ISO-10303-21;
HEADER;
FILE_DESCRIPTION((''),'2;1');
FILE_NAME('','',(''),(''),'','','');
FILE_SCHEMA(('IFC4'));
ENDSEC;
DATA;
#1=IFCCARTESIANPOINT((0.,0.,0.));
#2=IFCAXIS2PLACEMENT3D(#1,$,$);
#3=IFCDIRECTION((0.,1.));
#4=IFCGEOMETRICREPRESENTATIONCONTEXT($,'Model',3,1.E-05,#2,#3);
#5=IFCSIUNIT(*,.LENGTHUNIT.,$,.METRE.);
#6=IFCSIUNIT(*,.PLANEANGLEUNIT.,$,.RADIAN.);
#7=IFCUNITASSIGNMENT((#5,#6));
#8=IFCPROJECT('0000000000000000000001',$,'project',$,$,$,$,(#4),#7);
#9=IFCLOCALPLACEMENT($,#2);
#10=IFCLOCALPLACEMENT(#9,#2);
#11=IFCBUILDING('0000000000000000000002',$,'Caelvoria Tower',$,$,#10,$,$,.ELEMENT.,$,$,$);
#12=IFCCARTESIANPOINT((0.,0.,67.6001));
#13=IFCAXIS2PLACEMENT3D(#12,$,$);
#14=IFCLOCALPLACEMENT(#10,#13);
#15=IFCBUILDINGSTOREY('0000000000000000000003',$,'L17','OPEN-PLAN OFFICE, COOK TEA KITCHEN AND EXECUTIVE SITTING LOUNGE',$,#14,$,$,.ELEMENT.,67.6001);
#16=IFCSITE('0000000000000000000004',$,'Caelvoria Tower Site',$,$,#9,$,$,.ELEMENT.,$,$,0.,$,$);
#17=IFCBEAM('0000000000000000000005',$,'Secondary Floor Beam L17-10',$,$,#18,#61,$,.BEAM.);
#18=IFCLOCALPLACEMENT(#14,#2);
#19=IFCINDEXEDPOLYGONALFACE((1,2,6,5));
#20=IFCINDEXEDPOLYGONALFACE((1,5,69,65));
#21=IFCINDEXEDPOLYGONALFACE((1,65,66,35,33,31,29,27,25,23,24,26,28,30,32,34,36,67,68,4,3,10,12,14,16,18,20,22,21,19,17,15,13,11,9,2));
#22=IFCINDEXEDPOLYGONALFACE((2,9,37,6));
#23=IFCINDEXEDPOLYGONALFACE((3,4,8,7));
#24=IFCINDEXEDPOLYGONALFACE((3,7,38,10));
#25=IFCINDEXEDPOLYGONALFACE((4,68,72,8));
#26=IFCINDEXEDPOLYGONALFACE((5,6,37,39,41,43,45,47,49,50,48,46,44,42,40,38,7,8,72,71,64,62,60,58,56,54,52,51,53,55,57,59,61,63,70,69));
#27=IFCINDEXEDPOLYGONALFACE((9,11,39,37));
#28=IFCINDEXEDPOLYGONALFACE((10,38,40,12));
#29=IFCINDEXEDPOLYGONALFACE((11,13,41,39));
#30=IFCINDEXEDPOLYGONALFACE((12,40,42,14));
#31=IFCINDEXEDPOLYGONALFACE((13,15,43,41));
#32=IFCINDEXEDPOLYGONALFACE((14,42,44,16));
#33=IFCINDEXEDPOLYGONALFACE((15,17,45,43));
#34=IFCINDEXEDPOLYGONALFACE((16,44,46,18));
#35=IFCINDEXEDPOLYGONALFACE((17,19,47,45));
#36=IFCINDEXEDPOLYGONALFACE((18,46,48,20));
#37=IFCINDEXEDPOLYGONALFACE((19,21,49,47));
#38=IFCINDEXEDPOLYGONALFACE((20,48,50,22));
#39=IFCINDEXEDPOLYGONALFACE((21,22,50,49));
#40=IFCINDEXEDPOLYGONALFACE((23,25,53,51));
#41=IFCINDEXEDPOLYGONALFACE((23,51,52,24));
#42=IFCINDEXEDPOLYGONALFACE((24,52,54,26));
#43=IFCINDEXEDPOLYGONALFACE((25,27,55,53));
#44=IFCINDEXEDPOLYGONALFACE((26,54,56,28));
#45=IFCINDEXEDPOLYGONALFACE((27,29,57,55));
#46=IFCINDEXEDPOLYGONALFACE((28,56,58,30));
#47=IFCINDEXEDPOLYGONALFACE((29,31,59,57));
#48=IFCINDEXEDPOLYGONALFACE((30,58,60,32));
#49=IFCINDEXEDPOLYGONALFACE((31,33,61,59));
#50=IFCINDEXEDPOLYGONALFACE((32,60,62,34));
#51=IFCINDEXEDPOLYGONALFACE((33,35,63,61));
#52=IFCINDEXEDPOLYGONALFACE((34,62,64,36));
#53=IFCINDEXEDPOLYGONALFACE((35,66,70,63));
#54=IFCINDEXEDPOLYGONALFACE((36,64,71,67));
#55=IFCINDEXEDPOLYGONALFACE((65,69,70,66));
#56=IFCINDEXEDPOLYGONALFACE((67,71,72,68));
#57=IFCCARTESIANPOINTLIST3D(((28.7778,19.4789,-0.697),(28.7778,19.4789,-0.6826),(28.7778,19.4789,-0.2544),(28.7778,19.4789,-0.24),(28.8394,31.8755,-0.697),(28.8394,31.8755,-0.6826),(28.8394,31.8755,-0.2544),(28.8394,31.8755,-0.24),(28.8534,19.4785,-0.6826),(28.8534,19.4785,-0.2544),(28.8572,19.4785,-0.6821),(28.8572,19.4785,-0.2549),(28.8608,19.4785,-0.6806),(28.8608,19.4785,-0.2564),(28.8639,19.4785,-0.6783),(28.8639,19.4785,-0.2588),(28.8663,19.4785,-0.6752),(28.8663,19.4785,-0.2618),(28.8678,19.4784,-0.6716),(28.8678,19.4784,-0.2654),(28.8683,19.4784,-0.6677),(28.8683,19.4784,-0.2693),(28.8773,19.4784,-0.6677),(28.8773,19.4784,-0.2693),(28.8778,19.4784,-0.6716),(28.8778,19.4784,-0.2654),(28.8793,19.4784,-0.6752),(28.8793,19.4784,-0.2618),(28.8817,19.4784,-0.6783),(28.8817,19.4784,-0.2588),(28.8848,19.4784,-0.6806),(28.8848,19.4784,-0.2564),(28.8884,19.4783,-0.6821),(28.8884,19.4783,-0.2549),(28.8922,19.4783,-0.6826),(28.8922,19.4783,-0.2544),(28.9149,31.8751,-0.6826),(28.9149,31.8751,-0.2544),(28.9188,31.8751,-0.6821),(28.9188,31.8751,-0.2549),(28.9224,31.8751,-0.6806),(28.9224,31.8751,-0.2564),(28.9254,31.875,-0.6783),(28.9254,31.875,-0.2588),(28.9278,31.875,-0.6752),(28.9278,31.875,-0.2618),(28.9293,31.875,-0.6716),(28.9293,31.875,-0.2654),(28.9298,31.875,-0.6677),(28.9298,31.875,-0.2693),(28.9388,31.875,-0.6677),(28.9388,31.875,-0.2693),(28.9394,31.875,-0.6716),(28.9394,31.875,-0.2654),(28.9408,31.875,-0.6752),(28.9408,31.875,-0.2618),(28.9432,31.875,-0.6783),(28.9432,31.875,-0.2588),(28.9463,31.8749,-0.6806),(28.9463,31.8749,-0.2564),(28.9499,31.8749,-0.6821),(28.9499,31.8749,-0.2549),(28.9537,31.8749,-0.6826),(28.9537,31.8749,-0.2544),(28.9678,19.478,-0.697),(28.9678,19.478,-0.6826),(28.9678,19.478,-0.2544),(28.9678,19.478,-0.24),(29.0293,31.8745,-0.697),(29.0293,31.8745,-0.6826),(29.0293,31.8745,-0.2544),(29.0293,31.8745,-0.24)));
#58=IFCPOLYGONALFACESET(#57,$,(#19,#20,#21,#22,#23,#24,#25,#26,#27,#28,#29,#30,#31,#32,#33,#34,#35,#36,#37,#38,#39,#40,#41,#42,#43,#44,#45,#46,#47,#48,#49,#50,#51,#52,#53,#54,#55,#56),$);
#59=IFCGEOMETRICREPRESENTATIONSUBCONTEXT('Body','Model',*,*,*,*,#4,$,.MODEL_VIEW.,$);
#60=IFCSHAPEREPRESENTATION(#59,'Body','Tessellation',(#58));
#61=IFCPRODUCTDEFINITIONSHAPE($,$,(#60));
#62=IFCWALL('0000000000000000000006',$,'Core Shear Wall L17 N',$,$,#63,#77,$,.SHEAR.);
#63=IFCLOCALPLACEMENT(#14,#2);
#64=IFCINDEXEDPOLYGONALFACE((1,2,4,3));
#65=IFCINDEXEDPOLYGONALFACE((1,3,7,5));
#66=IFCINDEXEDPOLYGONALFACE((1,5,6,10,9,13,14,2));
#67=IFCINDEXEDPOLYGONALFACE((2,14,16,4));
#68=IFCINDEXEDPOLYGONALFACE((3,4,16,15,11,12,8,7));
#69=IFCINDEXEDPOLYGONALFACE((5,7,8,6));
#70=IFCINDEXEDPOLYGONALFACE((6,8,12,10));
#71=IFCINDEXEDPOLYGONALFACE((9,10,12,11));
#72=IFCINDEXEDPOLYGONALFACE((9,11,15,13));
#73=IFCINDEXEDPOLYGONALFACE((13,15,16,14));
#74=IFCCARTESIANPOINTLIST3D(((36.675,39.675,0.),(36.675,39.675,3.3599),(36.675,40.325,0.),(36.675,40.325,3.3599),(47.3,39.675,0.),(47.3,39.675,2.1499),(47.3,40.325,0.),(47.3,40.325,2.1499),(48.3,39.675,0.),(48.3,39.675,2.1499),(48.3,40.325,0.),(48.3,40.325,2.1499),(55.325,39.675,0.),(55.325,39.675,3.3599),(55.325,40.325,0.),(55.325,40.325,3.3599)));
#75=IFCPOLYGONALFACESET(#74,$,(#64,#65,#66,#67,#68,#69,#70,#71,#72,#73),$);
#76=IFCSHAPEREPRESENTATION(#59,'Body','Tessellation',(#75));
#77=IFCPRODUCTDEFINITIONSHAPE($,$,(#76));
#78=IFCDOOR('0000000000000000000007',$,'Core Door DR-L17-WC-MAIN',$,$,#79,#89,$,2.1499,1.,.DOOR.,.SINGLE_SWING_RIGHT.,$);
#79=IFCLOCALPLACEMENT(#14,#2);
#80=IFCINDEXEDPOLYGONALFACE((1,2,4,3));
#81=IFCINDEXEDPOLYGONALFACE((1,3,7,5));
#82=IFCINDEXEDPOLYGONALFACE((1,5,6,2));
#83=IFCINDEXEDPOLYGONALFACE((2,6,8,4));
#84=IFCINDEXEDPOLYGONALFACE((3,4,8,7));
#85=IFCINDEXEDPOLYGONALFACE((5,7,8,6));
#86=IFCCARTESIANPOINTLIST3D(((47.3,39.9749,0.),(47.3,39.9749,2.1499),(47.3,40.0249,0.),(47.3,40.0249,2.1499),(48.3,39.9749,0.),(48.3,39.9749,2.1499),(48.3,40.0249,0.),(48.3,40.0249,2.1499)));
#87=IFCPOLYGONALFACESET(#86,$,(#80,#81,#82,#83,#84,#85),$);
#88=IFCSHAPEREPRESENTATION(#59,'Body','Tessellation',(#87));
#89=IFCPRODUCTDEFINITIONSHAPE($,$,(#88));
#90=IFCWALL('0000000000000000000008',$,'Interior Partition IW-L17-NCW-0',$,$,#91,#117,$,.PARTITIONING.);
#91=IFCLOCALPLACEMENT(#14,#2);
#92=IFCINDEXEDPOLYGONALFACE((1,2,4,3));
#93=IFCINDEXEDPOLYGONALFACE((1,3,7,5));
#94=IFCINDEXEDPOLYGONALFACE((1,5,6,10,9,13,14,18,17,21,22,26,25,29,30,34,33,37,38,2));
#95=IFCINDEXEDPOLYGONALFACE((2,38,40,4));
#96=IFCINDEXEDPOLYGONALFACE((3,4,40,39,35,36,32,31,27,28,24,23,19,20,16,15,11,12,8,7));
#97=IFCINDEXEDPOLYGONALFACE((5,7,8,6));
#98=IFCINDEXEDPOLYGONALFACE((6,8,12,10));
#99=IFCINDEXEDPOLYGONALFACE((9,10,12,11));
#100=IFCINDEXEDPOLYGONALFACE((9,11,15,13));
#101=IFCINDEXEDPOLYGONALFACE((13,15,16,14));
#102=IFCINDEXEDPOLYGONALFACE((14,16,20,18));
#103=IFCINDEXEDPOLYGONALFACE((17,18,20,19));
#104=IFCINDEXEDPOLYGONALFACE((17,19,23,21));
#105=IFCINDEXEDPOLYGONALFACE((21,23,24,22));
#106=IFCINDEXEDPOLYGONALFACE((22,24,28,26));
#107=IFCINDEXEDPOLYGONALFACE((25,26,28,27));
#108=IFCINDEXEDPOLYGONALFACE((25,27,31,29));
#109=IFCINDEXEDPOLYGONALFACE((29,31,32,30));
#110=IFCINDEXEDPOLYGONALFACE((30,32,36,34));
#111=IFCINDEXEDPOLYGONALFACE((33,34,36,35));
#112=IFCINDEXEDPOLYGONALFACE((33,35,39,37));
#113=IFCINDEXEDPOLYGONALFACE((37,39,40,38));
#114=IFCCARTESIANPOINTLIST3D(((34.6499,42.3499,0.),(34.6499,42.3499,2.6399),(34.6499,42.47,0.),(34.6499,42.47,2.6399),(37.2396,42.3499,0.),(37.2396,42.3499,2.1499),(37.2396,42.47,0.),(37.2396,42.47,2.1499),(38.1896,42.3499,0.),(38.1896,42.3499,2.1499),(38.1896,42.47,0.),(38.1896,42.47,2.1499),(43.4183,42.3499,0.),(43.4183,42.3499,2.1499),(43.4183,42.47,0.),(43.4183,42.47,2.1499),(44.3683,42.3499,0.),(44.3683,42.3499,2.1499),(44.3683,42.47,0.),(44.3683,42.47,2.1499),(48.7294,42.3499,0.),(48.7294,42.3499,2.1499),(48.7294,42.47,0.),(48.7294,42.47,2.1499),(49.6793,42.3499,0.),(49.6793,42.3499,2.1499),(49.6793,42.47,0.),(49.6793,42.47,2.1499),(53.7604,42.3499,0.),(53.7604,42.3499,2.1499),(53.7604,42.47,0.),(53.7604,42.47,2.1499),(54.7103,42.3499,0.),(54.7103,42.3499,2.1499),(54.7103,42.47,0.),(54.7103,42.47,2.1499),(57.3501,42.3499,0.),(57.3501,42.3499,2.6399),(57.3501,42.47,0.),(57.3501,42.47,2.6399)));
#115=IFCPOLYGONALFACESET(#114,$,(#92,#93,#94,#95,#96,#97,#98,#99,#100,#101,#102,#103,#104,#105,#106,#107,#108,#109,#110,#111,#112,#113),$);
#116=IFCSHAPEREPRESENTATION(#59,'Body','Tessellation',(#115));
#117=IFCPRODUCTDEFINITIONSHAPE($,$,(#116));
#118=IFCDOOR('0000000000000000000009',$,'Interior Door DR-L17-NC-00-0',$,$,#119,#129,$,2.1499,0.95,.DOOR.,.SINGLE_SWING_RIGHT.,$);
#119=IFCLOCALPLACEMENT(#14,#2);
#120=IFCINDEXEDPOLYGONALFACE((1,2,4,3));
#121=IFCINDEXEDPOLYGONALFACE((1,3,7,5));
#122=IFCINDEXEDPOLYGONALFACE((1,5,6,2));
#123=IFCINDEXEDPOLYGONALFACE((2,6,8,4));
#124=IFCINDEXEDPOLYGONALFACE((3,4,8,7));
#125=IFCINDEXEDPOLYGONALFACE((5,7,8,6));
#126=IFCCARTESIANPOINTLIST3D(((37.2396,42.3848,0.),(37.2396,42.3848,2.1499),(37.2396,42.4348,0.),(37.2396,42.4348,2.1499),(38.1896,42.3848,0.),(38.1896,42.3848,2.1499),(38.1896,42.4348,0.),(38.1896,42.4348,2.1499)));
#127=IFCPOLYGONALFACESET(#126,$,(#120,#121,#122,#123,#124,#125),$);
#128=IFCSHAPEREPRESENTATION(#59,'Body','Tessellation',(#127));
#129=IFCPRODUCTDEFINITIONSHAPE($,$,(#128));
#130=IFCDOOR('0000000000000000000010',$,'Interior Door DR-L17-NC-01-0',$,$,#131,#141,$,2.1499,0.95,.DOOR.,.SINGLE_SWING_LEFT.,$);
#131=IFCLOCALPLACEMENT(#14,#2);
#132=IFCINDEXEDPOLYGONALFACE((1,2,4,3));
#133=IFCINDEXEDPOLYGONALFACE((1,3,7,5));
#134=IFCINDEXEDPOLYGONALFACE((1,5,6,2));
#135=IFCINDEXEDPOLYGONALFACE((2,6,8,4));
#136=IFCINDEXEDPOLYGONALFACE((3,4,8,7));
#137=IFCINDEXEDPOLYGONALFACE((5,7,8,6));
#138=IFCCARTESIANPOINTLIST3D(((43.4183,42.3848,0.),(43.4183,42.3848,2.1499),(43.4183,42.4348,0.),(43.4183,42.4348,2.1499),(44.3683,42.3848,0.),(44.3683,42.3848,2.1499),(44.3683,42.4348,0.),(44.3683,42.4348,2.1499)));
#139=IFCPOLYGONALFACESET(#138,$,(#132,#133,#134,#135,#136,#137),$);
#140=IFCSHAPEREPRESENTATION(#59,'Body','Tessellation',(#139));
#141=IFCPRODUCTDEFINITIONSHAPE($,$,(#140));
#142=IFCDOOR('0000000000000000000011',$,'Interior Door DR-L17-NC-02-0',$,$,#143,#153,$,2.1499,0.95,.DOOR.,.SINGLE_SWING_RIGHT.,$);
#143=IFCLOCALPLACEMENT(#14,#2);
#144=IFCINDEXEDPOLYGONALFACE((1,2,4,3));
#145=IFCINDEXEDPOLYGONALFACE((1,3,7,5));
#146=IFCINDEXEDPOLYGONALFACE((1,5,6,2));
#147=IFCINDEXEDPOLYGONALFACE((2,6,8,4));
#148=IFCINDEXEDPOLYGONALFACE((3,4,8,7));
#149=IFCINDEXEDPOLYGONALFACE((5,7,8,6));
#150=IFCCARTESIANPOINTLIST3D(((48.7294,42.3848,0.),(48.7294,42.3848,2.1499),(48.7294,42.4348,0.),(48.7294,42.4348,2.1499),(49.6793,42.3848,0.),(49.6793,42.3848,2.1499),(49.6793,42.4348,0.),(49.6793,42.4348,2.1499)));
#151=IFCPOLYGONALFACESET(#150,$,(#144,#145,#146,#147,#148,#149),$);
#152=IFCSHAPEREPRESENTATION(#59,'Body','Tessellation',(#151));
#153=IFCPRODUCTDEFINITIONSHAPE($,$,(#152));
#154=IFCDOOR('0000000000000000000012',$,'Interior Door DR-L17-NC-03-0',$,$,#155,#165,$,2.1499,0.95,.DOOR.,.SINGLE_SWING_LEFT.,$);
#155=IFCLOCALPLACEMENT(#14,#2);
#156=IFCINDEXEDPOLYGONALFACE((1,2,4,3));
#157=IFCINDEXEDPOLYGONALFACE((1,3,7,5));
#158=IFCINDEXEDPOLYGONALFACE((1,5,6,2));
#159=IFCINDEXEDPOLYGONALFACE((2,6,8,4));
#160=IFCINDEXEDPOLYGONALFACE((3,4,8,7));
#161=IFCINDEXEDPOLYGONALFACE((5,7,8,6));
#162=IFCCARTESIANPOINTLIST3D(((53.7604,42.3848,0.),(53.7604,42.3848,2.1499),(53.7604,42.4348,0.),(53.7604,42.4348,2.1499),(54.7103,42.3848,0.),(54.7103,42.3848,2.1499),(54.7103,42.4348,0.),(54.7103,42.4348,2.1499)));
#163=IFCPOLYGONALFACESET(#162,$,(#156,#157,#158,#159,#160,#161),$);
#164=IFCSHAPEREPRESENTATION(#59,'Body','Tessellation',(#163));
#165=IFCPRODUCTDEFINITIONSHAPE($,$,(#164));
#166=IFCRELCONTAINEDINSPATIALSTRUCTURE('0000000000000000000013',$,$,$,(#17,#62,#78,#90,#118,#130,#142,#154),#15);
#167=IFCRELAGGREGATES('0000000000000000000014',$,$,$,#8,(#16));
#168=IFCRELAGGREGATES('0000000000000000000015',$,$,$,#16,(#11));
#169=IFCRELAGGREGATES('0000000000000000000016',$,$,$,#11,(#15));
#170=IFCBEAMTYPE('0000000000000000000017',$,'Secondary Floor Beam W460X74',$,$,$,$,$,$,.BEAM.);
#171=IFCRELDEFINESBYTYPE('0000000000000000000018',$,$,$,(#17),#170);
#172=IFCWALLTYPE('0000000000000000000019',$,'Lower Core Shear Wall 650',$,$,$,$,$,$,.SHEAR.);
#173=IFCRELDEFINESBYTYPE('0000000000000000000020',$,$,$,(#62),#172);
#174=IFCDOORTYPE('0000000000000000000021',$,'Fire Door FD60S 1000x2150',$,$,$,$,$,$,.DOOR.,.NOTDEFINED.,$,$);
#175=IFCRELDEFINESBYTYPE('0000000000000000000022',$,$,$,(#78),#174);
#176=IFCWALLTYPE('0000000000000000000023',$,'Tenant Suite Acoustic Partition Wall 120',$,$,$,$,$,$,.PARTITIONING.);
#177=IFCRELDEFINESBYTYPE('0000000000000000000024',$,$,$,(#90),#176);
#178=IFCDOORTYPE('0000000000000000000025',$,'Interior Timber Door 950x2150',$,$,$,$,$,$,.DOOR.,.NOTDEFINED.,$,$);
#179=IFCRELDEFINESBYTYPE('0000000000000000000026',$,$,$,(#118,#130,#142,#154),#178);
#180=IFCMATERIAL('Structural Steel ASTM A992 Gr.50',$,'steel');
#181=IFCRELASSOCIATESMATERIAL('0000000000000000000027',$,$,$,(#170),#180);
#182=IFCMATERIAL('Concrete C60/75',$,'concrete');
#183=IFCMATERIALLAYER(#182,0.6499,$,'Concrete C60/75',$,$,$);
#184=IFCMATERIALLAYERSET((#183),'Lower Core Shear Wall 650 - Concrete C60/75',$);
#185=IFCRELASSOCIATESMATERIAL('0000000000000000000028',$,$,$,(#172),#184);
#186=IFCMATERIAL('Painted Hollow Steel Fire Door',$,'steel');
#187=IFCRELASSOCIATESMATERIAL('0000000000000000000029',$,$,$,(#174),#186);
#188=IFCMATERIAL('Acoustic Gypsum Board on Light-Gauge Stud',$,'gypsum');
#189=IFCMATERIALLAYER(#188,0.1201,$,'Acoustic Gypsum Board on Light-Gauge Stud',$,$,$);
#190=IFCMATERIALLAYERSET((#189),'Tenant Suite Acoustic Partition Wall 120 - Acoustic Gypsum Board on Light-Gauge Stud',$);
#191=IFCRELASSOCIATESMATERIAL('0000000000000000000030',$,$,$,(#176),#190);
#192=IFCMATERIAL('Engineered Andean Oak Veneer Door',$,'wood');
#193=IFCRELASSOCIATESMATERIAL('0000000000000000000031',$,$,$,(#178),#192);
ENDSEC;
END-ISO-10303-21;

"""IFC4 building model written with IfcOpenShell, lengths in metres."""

from ifc_helpers import new_model, si_unit, direction, frame, frame_2d, origin, origin_2d, place, context, subcontext, project, spatial, rectangle, i_section, extrude, material, layer, layer_set, material_profile, profile_set, type_object, element, fill, save


model = new_model("IFC4")

# Units and contexts
model_context = context("Model", 3, precision=1e-05, world=origin(), true_north=direction((0.0, 1.0)))
body_context = subcontext(model_context, "Body", "Model", "MODEL_VIEW")
ifc_project = project(units=[si_unit("LENGTHUNIT", "METRE"), si_unit("PLANEANGLEUNIT", "RADIAN")], contexts=[model_context])

# Site, building, storey
site_placement = place(None, origin())
site = spatial("IfcSite", under=ifc_project, at=site_placement, Name="Caelvoria Tower Site", CompositionType="ELEMENT", RefElevation=0.0)
building_placement = place(site_placement, origin())
building = spatial("IfcBuilding", under=site, at=building_placement, Name="Caelvoria Tower", CompositionType="ELEMENT")
storey_placement = place(building_placement, frame((0.0, 0.0, 67.6001)))
storey = spatial("IfcBuildingStorey", under=building, at=storey_placement, Name="L17", Description="OPEN-PLAN OFFICE, COOK TEA KITCHEN AND EXECUTIVE SITTING LOUNGE", CompositionType="ELEMENT", Elevation=67.6001)

# Beam
ifc_material_1 = material(Name="Structural Steel ASTM A992 Gr.50", Category="steel")
ifc_material_profile_1 = material_profile(ifc_material_1, i_section(OverallWidth=0.1899, OverallDepth=0.457, WebThickness=0.009, FlangeThickness=0.0144, FilletRadius=0.0149, at=origin_2d()), Name="Structural Steel ASTM A992 Gr.50")
ifc_profile_set_1 = profile_set([ifc_material_profile_1], Name="W460X74 - Structural Steel ASTM A992 Gr.50")
beam_type_1 = type_object("IfcBeamType", Name="Secondary Floor Beam W460X74", PredefinedType="BEAM", material=ifc_profile_set_1)
beam_1_placement = place(storey_placement, frame((28.9343, 31.875, -0.4685), z_axis=(-0.004963, -0.999988, 0.0), x_axis=(0.999988, -0.004963, 0.0)))
element("IfcBeam", 1, at=beam_1_placement, inside=storey, type_object=beam_type_1, Name="Secondary Floor Beam L17-10", PredefinedType="BEAM", context=body_context, shape_type="SweptSolid", body=[
    extrude(i_section(OverallWidth=0.1899, OverallDepth=0.457, WebThickness=0.009, FlangeThickness=0.0144, FilletRadius=0.0149, at=origin_2d()), origin(), (0.0, 0.0, 1.0), 12.3967),
])

# Wall, opening, door
ifc_material_2 = material(Name="Concrete C60/75", Category="concrete")
ifc_layer_1 = layer(ifc_material_2, 0.6499, Name="Concrete C60/75")
ifc_layer_set_1 = layer_set([ifc_layer_1], Name="Lower Core Shear Wall 650 - Concrete C60/75")
wall_type_1 = type_object("IfcWallType", Name="Lower Core Shear Wall 650", PredefinedType="SHEAR", material=ifc_layer_set_1)
wall_1_placement = place(storey_placement, frame((36.675, 40.0, 0.0), z_axis=(0.0, 0.0, 1.0), x_axis=(1.0, 0.0, 0.0)))
wall_1 = element("IfcWall", 2, at=wall_1_placement, inside=storey, type_object=wall_type_1, Name="Core Shear Wall L17 N", PredefinedType="SHEAR", context=body_context, shape_type="SweptSolid", body=[
    extrude(rectangle(XDim=18.6499, YDim=0.6499, at=frame_2d((9.325, 0.0))), origin(), (0.0, 0.0, 1.0), 3.3599),
])
opening_1_placement = place(wall_1_placement, frame((10.625, 0.0, 0.0)))
opening_1 = element("IfcOpeningElement", 3, at=opening_1_placement, cuts=wall_1, PredefinedType="OPENING", context=body_context, shape_type="SweptSolid", body=[
    extrude(rectangle(XDim=1.0, YDim=2.1499, at=frame_2d((0.5, 1.075))), frame((0.0, 0.335, 0.0), z_axis=(0.0, -1.0, 0.0), x_axis=(1.0, 0.0, 0.0)), (0.0, 0.0, 1.0), 0.6699),
])
ifc_material_3 = material(Name="Painted Hollow Steel Fire Door", Category="steel")
door_type_1 = type_object("IfcDoorType", Name="Fire Door FD60S 1000x2150", OperationType="NOTDEFINED", PredefinedType="DOOR", material=ifc_material_3)
door_1_placement = place(opening_1_placement, origin())
door_1 = element("IfcDoor", 4, at=door_1_placement, inside=storey, type_object=door_type_1, Name="Core Door DR-L17-WC-MAIN", OperationType="SINGLE_SWING_RIGHT", OverallHeight=2.1499, OverallWidth=1.0, PredefinedType="DOOR", context=body_context, shape_type="SweptSolid", body=[
    extrude(rectangle(XDim=1.0, YDim=2.1499, at=frame_2d((0.5, 1.075))), frame((0.0, 0.0249, 0.0), z_axis=(0.0, -1.0, 0.0), x_axis=(1.0, 0.0, 0.0)), (0.0, 0.0, 1.0), 0.05),
])
fill(opening_1, door_1)

# Wall, openings, doors
ifc_material_4 = material(Name="Acoustic Gypsum Board on Light-Gauge Stud", Category="gypsum")
ifc_layer_2 = layer(ifc_material_4, 0.1201, Name="Acoustic Gypsum Board on Light-Gauge Stud")
ifc_layer_set_2 = layer_set([ifc_layer_2], Name="Tenant Suite Acoustic Partition Wall 120 - Acoustic Gypsum Board on Light-Gauge Stud")
wall_type_2 = type_object("IfcWallType", Name="Tenant Suite Acoustic Partition Wall 120", PredefinedType="PARTITIONING", material=ifc_layer_set_2)
wall_2_placement = place(storey_placement, frame((34.6499, 42.4099, 0.0), z_axis=(0.0, 0.0, 1.0), x_axis=(1.0, 0.0, 0.0)))
wall_2 = element("IfcWall", 5, at=wall_2_placement, inside=storey, type_object=wall_type_2, Name="Interior Partition IW-L17-NCW-0", PredefinedType="PARTITIONING", context=body_context, shape_type="SweptSolid", body=[
    extrude(rectangle(XDim=22.7002, YDim=0.1201, at=frame_2d((11.3501, 0.0))), origin(), (0.0, 0.0, 1.0), 2.6399),
])
opening_2_placement = place(wall_2_placement, frame((2.5896, 0.0, 0.0)))
opening_2 = element("IfcOpeningElement", 6, at=opening_2_placement, cuts=wall_2, PredefinedType="OPENING", context=body_context, shape_type="SweptSolid", body=[
    extrude(rectangle(XDim=0.95, YDim=2.1499, at=frame_2d((0.4751, 1.075))), frame((0.0, 0.0701, 0.0), z_axis=(0.0, -1.0, 0.0), x_axis=(1.0, 0.0, 0.0)), (0.0, 0.0, 1.0), 0.1401),
])
opening_3_placement = place(wall_2_placement, frame((8.7683, 0.0, 0.0)))
opening_3 = element("IfcOpeningElement", 7, at=opening_3_placement, cuts=wall_2, PredefinedType="OPENING", context=body_context, shape_type="SweptSolid", body=[
    extrude(rectangle(XDim=0.95, YDim=2.1499, at=frame_2d((0.4751, 1.075))), frame((0.0, 0.0701, 0.0), z_axis=(0.0, -1.0, 0.0), x_axis=(1.0, 0.0, 0.0)), (0.0, 0.0, 1.0), 0.1401),
])
opening_4_placement = place(wall_2_placement, frame((14.0793, 0.0, 0.0)))
opening_4 = element("IfcOpeningElement", 8, at=opening_4_placement, cuts=wall_2, PredefinedType="OPENING", context=body_context, shape_type="SweptSolid", body=[
    extrude(rectangle(XDim=0.95, YDim=2.1499, at=frame_2d((0.4751, 1.075))), frame((0.0, 0.0701, 0.0), z_axis=(0.0, -1.0, 0.0), x_axis=(1.0, 0.0, 0.0)), (0.0, 0.0, 1.0), 0.1401),
])
opening_5_placement = place(wall_2_placement, frame((19.1104, 0.0, 0.0)))
opening_5 = element("IfcOpeningElement", 9, at=opening_5_placement, cuts=wall_2, PredefinedType="OPENING", context=body_context, shape_type="SweptSolid", body=[
    extrude(rectangle(XDim=0.95, YDim=2.1499, at=frame_2d((0.4751, 1.075))), frame((0.0, 0.0701, 0.0), z_axis=(0.0, -1.0, 0.0), x_axis=(1.0, 0.0, 0.0)), (0.0, 0.0, 1.0), 0.1401),
])
ifc_material_5 = material(Name="Engineered Andean Oak Veneer Door", Category="wood")
door_type_2 = type_object("IfcDoorType", Name="Interior Timber Door 950x2150", OperationType="NOTDEFINED", PredefinedType="DOOR", material=ifc_material_5)
door_2_placement = place(opening_2_placement, origin())
door_2 = element("IfcDoor", 10, at=door_2_placement, inside=storey, type_object=door_type_2, Name="Interior Door DR-L17-NC-00-0", OperationType="SINGLE_SWING_RIGHT", OverallHeight=2.1499, OverallWidth=0.95, PredefinedType="DOOR", context=body_context, shape_type="SweptSolid", body=[
    extrude(rectangle(XDim=0.95, YDim=2.1499, at=frame_2d((0.4751, 1.075))), frame((0.0, 0.0249, 0.0), z_axis=(0.0, -1.0, 0.0), x_axis=(1.0, 0.0, 0.0)), (0.0, 0.0, 1.0), 0.05),
])
fill(opening_2, door_2)
door_3_placement = place(opening_3_placement, origin())
door_3 = element("IfcDoor", 11, at=door_3_placement, inside=storey, type_object=door_type_2, Name="Interior Door DR-L17-NC-01-0", OperationType="SINGLE_SWING_LEFT", OverallHeight=2.1499, OverallWidth=0.95, PredefinedType="DOOR", context=body_context, shape_type="SweptSolid", body=[
    extrude(rectangle(XDim=0.95, YDim=2.1499, at=frame_2d((0.4751, 1.075))), frame((0.0, 0.0249, 0.0), z_axis=(0.0, -1.0, 0.0), x_axis=(1.0, 0.0, 0.0)), (0.0, 0.0, 1.0), 0.05),
])
fill(opening_3, door_3)
door_4_placement = place(opening_4_placement, origin())
door_4 = element("IfcDoor", 12, at=door_4_placement, inside=storey, type_object=door_type_2, Name="Interior Door DR-L17-NC-02-0", OperationType="SINGLE_SWING_RIGHT", OverallHeight=2.1499, OverallWidth=0.95, PredefinedType="DOOR", context=body_context, shape_type="SweptSolid", body=[
    extrude(rectangle(XDim=0.95, YDim=2.1499, at=frame_2d((0.4751, 1.075))), frame((0.0, 0.0249, 0.0), z_axis=(0.0, -1.0, 0.0), x_axis=(1.0, 0.0, 0.0)), (0.0, 0.0, 1.0), 0.05),
])
fill(opening_4, door_4)
door_5_placement = place(opening_5_placement, origin())
door_5 = element("IfcDoor", 13, at=door_5_placement, inside=storey, type_object=door_type_2, Name="Interior Door DR-L17-NC-03-0", OperationType="SINGLE_SWING_LEFT", OverallHeight=2.1499, OverallWidth=0.95, PredefinedType="DOOR", context=body_context, shape_type="SweptSolid", body=[
    extrude(rectangle(XDim=0.95, YDim=2.1499, at=frame_2d((0.4751, 1.075))), frame((0.0, 0.0249, 0.0), z_axis=(0.0, -1.0, 0.0), x_axis=(1.0, 0.0, 0.0)), (0.0, 0.0, 1.0), 0.05),
])
fill(opening_5, door_5)

save(model, "model.ifc")
